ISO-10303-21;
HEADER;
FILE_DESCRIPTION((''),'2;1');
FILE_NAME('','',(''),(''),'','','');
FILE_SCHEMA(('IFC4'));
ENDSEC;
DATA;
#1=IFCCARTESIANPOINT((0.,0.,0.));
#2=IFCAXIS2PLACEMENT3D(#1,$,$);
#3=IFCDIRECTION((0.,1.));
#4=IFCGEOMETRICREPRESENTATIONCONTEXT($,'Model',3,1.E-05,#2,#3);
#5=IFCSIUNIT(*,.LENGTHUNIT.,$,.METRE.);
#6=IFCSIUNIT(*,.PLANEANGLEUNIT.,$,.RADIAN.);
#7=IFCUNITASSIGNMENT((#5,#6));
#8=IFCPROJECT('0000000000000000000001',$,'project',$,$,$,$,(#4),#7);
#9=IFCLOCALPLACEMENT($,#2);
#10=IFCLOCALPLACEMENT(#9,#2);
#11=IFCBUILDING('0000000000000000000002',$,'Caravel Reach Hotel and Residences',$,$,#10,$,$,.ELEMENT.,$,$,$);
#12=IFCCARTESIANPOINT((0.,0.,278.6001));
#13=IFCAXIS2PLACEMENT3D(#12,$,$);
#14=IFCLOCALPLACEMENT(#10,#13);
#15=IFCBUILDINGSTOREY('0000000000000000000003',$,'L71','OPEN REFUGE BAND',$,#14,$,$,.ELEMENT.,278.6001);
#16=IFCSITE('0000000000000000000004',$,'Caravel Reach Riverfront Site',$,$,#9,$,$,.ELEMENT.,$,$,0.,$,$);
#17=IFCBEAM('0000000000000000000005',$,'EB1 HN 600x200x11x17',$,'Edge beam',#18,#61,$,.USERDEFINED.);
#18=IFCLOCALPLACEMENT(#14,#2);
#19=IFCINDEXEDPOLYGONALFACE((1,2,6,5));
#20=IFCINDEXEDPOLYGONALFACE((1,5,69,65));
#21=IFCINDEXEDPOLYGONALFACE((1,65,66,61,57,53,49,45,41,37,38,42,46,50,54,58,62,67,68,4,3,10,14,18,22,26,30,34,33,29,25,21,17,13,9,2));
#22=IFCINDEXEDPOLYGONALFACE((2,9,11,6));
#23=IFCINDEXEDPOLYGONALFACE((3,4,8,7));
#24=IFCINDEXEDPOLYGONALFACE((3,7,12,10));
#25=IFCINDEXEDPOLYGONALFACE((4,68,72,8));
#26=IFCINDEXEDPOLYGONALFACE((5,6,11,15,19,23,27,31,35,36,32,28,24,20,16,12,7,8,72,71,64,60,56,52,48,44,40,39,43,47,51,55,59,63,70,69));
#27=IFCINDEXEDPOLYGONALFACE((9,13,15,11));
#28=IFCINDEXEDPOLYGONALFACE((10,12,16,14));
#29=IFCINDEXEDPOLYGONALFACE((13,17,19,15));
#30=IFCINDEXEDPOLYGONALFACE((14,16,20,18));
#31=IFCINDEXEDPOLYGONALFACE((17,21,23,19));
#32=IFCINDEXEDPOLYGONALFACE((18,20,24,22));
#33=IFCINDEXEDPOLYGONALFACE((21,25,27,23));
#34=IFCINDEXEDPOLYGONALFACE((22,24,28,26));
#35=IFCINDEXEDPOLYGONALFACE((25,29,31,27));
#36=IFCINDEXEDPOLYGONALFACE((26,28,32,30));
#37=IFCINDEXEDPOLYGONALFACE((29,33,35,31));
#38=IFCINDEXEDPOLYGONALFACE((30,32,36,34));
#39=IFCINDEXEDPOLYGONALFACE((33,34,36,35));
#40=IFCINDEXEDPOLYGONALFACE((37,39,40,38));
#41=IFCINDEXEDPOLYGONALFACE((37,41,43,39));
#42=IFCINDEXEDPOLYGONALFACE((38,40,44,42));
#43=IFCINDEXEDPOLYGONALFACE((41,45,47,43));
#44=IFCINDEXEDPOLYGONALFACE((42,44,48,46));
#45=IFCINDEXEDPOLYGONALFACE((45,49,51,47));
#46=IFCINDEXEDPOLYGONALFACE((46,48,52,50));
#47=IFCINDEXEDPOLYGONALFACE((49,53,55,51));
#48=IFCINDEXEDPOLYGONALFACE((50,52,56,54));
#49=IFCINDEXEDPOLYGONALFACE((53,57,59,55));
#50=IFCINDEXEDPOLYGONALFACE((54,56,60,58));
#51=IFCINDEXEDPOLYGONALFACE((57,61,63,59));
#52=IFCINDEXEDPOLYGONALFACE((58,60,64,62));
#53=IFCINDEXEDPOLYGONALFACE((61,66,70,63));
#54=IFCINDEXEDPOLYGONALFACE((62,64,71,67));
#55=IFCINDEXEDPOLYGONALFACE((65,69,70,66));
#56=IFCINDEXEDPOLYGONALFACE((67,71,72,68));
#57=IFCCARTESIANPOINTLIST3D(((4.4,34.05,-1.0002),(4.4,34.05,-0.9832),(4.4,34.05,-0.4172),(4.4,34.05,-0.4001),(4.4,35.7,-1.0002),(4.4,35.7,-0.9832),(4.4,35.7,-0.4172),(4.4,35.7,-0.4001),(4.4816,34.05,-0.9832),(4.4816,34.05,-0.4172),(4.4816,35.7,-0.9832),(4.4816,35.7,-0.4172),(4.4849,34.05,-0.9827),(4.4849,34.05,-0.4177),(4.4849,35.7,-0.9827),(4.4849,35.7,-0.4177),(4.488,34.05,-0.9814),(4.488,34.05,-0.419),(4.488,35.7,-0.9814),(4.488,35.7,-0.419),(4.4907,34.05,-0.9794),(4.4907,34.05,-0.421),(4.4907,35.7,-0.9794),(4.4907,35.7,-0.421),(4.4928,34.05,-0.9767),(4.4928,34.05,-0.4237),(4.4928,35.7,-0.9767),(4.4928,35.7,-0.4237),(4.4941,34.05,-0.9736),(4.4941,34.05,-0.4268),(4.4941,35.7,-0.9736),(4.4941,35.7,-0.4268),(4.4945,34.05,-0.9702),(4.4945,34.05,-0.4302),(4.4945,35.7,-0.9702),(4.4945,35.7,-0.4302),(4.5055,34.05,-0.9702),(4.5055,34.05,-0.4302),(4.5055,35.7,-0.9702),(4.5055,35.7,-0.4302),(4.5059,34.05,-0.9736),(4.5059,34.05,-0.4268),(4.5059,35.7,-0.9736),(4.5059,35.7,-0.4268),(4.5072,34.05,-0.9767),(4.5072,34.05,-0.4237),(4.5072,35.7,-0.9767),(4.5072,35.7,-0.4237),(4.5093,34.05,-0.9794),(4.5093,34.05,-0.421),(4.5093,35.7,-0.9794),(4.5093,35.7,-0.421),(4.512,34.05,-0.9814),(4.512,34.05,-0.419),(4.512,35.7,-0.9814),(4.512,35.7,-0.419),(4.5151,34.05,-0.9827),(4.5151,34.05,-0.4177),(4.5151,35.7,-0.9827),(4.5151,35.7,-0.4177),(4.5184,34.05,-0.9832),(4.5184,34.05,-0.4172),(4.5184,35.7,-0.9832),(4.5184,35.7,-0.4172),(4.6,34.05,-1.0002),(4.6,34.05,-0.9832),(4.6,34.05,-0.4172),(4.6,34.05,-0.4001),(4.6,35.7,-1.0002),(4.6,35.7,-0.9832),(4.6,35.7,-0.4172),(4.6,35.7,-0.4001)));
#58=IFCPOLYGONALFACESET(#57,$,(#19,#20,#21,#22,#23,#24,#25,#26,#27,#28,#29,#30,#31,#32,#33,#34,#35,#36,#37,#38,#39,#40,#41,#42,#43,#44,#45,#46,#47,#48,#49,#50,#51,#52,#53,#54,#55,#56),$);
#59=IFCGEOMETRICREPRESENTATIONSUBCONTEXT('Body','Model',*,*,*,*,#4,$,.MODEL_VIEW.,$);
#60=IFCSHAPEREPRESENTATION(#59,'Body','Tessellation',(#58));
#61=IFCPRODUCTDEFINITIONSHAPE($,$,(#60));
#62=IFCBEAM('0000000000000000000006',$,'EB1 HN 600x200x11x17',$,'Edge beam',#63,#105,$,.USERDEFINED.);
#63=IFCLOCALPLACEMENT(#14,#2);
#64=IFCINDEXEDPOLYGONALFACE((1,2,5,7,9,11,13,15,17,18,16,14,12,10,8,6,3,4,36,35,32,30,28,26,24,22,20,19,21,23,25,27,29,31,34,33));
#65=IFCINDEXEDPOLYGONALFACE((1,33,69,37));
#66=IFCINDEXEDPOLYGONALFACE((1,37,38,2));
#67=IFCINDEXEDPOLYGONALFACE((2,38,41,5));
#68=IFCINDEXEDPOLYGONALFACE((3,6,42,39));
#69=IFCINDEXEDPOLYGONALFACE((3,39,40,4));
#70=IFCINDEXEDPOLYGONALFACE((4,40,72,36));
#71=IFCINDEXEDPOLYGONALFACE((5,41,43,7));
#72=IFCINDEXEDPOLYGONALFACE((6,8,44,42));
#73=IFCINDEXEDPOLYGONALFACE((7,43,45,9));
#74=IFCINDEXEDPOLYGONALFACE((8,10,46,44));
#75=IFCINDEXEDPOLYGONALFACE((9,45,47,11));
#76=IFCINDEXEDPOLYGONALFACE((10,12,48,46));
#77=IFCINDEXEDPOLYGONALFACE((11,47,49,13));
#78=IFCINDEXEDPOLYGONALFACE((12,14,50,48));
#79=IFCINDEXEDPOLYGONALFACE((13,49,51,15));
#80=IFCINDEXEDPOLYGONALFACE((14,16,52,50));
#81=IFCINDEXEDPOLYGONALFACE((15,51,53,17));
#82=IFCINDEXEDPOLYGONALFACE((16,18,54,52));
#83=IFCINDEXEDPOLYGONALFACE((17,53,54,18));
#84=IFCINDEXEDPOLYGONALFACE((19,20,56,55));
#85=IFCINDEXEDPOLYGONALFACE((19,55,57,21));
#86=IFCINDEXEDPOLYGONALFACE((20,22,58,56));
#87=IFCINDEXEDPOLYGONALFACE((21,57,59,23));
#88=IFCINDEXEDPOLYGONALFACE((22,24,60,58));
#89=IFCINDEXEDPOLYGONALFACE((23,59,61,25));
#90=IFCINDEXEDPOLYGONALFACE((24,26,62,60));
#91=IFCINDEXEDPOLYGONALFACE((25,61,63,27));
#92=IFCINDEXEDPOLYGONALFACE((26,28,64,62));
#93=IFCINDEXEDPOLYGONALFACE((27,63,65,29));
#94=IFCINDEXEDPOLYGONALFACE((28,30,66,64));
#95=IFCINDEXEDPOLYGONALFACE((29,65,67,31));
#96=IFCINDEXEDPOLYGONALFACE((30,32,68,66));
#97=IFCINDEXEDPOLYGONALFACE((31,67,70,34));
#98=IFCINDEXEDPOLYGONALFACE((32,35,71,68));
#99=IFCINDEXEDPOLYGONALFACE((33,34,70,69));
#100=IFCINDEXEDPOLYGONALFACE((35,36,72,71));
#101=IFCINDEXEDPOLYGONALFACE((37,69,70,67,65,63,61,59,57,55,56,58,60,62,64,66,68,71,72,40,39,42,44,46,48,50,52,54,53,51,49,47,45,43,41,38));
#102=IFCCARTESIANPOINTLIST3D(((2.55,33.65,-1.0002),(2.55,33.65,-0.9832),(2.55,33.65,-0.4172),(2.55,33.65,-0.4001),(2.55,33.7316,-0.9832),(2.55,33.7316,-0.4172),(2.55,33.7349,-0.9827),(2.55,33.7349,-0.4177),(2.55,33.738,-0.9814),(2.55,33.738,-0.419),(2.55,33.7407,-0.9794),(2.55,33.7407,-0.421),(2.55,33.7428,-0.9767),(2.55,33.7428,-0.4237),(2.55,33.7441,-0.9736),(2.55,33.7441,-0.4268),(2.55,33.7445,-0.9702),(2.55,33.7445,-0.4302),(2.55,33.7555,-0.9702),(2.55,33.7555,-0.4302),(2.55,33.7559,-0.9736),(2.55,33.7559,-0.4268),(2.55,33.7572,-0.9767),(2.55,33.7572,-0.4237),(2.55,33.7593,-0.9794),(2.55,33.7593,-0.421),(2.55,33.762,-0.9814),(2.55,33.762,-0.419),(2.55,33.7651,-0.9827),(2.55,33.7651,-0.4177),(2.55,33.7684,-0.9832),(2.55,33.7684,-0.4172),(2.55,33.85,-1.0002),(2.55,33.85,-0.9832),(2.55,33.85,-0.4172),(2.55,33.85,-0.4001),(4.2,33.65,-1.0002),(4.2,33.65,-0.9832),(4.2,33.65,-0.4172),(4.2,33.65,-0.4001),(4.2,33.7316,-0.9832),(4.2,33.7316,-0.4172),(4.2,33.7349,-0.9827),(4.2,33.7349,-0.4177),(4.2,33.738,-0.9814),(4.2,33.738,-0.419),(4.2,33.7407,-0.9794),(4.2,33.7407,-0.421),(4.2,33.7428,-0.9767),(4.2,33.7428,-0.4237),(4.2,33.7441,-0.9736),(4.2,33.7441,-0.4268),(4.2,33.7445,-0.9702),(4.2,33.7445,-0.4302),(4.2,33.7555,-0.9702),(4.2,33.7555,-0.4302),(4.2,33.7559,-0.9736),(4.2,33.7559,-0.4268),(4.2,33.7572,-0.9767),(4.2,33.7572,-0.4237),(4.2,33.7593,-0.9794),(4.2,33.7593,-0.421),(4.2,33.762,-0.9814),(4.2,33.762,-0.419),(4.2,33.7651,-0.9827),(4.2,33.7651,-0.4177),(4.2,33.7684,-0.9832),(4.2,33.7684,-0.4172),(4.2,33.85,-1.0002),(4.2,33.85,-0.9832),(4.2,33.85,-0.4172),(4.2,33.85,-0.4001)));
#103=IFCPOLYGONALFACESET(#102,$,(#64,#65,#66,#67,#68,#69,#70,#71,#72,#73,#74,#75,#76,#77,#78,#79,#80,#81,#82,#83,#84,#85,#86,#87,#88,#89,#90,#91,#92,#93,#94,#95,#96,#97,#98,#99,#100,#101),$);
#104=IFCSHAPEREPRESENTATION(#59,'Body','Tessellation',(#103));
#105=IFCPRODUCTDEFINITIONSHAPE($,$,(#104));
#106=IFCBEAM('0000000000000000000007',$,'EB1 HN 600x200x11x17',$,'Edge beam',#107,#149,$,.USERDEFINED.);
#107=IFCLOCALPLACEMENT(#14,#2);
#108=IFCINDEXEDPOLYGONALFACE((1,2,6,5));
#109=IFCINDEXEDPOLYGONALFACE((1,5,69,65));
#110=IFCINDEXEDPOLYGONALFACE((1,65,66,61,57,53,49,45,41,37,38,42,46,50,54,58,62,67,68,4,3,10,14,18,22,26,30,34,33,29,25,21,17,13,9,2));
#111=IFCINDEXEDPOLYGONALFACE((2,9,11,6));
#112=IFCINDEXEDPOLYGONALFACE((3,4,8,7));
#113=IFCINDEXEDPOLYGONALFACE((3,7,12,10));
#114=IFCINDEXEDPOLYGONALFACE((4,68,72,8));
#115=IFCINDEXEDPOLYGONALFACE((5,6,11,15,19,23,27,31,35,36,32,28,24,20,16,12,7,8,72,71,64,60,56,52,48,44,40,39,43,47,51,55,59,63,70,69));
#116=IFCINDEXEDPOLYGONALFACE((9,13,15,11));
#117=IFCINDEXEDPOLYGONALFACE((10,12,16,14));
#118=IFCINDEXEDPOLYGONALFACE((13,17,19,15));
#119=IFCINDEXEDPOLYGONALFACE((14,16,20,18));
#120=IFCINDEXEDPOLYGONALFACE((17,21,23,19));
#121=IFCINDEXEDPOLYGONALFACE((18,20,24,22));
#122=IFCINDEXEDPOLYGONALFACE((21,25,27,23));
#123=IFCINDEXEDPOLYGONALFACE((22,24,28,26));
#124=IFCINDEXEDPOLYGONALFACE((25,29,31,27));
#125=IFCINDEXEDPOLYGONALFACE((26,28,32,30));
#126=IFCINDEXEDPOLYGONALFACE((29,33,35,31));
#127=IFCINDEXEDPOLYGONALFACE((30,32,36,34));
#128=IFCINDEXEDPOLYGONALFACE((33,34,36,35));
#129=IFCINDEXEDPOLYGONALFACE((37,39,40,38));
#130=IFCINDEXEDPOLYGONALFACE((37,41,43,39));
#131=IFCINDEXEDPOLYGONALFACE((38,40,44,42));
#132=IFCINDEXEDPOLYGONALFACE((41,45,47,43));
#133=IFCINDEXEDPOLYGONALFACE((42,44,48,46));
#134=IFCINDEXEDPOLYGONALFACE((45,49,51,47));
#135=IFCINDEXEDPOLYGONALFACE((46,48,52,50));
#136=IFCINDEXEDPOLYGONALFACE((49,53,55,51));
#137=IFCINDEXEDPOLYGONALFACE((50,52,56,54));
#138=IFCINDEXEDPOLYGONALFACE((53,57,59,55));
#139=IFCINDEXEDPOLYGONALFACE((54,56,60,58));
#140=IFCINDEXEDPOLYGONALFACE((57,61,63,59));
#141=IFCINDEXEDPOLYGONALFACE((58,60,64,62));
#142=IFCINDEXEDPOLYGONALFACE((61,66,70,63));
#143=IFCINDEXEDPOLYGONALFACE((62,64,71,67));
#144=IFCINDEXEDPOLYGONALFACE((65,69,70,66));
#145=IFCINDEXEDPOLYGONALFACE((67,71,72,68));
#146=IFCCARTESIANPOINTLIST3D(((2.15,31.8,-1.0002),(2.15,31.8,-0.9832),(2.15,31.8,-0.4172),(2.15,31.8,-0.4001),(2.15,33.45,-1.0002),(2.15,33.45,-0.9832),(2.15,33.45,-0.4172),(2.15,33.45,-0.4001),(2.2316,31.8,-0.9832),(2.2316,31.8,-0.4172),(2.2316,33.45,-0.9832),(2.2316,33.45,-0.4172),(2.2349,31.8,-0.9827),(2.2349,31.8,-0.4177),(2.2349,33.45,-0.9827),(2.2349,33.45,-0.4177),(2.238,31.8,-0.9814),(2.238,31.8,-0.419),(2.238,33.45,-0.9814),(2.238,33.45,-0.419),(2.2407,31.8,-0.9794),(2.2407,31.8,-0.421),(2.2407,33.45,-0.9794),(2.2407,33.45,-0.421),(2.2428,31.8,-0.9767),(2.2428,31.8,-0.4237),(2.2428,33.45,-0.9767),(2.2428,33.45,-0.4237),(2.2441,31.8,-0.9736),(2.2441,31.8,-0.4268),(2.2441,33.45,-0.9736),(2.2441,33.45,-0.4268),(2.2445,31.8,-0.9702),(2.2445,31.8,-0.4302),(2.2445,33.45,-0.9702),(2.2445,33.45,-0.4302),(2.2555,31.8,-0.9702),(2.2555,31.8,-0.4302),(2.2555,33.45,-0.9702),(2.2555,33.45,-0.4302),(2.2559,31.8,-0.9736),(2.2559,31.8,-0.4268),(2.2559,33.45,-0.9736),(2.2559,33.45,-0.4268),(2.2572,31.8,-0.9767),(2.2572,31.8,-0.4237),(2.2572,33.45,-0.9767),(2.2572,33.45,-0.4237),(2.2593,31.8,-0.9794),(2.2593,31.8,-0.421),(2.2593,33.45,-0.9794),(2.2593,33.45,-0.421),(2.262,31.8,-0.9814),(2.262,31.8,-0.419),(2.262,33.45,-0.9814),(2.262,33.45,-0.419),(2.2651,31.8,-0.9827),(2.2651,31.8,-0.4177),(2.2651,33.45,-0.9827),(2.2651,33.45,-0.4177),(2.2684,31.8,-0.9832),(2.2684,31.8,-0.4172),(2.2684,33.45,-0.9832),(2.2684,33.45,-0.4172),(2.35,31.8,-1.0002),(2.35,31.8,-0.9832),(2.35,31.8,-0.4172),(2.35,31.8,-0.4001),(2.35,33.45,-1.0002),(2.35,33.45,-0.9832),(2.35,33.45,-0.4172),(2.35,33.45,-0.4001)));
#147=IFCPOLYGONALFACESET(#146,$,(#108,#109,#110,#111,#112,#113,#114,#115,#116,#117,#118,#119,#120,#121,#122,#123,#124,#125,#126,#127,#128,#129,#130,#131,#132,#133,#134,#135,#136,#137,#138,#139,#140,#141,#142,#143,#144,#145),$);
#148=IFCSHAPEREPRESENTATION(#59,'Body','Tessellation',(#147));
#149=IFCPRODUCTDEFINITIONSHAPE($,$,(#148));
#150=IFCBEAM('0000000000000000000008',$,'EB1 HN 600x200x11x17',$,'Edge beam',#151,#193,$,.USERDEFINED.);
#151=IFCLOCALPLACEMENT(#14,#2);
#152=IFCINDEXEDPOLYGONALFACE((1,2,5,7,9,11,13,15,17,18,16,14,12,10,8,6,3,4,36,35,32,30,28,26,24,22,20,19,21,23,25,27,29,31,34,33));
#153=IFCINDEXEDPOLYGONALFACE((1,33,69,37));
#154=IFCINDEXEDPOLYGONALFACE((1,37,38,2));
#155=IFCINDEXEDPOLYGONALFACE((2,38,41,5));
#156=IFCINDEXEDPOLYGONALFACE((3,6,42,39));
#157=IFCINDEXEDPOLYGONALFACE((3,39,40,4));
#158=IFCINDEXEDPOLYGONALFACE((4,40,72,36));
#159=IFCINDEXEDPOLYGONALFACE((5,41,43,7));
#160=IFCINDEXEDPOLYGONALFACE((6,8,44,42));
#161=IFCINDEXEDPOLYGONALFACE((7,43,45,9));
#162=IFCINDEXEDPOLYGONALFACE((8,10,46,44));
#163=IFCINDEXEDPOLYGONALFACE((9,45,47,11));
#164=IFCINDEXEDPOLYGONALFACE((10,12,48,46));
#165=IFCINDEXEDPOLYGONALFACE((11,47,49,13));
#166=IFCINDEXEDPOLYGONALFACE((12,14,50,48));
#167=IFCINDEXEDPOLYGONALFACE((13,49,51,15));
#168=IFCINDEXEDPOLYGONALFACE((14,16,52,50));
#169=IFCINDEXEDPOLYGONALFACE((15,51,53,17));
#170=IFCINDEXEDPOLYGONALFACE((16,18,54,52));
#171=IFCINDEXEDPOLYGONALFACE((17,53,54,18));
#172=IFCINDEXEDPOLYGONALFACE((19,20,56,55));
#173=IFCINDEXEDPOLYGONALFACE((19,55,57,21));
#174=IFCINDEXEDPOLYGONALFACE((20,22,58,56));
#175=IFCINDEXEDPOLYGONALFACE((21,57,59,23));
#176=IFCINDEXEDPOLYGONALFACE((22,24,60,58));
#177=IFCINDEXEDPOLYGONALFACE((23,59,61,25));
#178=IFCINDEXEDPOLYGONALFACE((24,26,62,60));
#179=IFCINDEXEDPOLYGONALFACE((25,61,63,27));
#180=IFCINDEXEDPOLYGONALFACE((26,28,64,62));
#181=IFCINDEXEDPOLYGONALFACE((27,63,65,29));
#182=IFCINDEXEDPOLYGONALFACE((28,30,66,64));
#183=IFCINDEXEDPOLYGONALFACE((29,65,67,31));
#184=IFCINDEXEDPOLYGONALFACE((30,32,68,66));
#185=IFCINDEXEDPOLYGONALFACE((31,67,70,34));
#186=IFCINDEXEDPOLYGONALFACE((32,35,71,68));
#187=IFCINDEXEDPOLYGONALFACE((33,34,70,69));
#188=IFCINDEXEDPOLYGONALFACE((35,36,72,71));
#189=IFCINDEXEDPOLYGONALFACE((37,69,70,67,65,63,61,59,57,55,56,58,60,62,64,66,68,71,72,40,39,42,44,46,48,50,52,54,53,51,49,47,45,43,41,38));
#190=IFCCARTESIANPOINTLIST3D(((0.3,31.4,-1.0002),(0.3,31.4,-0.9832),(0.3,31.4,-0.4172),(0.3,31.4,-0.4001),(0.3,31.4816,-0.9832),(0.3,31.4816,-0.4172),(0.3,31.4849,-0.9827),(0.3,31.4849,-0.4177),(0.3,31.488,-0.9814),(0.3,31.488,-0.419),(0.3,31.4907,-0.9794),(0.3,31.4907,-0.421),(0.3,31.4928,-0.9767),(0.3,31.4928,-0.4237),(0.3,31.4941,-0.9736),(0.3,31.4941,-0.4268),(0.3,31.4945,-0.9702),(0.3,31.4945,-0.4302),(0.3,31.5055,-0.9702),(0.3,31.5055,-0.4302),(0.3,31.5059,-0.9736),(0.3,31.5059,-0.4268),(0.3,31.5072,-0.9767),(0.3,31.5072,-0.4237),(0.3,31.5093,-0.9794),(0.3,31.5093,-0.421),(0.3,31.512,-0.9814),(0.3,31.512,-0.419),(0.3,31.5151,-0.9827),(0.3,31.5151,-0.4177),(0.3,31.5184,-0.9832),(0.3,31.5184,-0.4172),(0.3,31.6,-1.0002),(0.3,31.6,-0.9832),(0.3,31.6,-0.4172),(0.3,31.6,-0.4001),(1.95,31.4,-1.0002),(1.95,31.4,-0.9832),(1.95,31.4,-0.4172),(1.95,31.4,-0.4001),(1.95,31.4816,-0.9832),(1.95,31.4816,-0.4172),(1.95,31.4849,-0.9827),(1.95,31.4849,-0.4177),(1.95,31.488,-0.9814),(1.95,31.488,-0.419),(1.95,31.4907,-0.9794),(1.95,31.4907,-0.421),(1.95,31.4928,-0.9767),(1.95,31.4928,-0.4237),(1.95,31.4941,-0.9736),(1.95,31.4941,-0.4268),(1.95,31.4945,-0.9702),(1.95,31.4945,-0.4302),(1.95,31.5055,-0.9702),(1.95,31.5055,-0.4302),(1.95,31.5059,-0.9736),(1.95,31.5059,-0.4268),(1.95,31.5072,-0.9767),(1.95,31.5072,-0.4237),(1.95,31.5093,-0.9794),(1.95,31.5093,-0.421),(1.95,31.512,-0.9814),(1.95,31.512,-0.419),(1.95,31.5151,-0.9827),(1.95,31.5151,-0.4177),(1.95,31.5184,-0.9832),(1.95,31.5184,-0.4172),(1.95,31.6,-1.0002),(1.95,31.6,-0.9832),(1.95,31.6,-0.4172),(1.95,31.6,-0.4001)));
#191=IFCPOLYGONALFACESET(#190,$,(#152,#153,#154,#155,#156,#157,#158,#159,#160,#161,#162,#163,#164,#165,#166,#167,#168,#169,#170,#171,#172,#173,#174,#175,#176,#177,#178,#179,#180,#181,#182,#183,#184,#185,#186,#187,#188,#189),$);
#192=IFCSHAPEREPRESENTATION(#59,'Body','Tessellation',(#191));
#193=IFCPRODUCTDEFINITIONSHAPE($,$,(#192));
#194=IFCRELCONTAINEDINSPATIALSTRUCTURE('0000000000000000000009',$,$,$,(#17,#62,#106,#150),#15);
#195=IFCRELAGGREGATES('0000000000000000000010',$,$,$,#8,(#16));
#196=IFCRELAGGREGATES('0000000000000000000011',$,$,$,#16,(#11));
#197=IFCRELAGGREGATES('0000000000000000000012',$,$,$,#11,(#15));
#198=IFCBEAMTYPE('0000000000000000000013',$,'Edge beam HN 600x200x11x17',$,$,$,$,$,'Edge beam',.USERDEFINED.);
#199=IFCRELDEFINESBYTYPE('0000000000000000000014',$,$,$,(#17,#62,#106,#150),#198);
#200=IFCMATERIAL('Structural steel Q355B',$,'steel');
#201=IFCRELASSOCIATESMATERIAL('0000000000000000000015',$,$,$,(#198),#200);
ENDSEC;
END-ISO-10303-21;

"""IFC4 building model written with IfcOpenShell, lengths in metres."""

from ifc_helpers import new_model, si_unit, direction, frame, origin, origin_2d, place, context, subcontext, project, spatial, i_section, extrude, material, material_profile, profile_set, type_object, element, save


model = new_model("IFC4")

# Units and contexts
model_context = context("Model", 3, precision=1e-05, world=origin(), true_north=direction((0.0, 1.0)))
body_context = subcontext(model_context, "Body", "Model", "MODEL_VIEW")
ifc_project = project(units=[si_unit("LENGTHUNIT", "METRE"), si_unit("PLANEANGLEUNIT", "RADIAN")], contexts=[model_context])

# Site, building, storey
site_placement = place(None, origin())
site = spatial("IfcSite", under=ifc_project, at=site_placement, Name="Caravel Reach Riverfront Site", CompositionType="ELEMENT", RefElevation=0.0)
building_placement = place(site_placement, origin())
building = spatial("IfcBuilding", under=site, at=building_placement, Name="Caravel Reach Hotel and Residences", CompositionType="ELEMENT")
storey_placement = place(building_placement, frame((0.0, 0.0, 278.6001)))
storey = spatial("IfcBuildingStorey", under=building, at=storey_placement, Name="L71", Description="OPEN REFUGE BAND", CompositionType="ELEMENT", Elevation=278.6001)

# Beams
ifc_material_1 = material(Name="Structural steel Q355B", Category="steel")
ifc_material_profile_1 = material_profile(ifc_material_1, i_section(OverallWidth=0.2, OverallDepth=0.6001, WebThickness=0.011, FlangeThickness=0.0171, FilletRadius=0.0129, at=origin_2d()), Name="HN 600x200x11x17")
ifc_profile_set_1 = profile_set([ifc_material_profile_1], Name="Structural steel Q355B")
beam_type_1 = type_object("IfcBeamType", Name="Edge beam HN 600x200x11x17", ElementType="Edge beam", PredefinedType="USERDEFINED", material=ifc_profile_set_1)
for number, where, z_axis, x_axis, name in (
    (1, (4.5, 35.7, -0.7002), (0.0, -1.0, 0.0), (1.0, 0.0, 0.0), "EB1 HN 600x200x11x17"),
    (2, (4.2, 33.75, -0.7002), (-1.0, 0.0, 0.0), (0.0, -1.0, 0.0), "EB1 HN 600x200x11x17"),
    (3, (2.25, 33.45, -0.7002), (0.0, -1.0, 0.0), (1.0, 0.0, 0.0), "EB1 HN 600x200x11x17"),
    (4, (1.95, 31.5, -0.7002), (-1.0, 0.0, 0.0), (0.0, -1.0, 0.0), "EB1 HN 600x200x11x17"),
):
    element("IfcBeam", number, at=place(storey_placement, frame(where, z_axis=z_axis, x_axis=x_axis)), inside=storey, type_object=beam_type_1, Name=name, ObjectType="Edge beam", PredefinedType="USERDEFINED", context=body_context, shape_type="SweptSolid", body=[
        extrude(i_section(OverallWidth=0.2, OverallDepth=0.6001, WebThickness=0.011, FlangeThickness=0.0171, FilletRadius=0.0129, at=origin_2d()), origin(), (0.0, 0.0, 1.0), 1.6499),
    ])

save(model, "model.ifc")
